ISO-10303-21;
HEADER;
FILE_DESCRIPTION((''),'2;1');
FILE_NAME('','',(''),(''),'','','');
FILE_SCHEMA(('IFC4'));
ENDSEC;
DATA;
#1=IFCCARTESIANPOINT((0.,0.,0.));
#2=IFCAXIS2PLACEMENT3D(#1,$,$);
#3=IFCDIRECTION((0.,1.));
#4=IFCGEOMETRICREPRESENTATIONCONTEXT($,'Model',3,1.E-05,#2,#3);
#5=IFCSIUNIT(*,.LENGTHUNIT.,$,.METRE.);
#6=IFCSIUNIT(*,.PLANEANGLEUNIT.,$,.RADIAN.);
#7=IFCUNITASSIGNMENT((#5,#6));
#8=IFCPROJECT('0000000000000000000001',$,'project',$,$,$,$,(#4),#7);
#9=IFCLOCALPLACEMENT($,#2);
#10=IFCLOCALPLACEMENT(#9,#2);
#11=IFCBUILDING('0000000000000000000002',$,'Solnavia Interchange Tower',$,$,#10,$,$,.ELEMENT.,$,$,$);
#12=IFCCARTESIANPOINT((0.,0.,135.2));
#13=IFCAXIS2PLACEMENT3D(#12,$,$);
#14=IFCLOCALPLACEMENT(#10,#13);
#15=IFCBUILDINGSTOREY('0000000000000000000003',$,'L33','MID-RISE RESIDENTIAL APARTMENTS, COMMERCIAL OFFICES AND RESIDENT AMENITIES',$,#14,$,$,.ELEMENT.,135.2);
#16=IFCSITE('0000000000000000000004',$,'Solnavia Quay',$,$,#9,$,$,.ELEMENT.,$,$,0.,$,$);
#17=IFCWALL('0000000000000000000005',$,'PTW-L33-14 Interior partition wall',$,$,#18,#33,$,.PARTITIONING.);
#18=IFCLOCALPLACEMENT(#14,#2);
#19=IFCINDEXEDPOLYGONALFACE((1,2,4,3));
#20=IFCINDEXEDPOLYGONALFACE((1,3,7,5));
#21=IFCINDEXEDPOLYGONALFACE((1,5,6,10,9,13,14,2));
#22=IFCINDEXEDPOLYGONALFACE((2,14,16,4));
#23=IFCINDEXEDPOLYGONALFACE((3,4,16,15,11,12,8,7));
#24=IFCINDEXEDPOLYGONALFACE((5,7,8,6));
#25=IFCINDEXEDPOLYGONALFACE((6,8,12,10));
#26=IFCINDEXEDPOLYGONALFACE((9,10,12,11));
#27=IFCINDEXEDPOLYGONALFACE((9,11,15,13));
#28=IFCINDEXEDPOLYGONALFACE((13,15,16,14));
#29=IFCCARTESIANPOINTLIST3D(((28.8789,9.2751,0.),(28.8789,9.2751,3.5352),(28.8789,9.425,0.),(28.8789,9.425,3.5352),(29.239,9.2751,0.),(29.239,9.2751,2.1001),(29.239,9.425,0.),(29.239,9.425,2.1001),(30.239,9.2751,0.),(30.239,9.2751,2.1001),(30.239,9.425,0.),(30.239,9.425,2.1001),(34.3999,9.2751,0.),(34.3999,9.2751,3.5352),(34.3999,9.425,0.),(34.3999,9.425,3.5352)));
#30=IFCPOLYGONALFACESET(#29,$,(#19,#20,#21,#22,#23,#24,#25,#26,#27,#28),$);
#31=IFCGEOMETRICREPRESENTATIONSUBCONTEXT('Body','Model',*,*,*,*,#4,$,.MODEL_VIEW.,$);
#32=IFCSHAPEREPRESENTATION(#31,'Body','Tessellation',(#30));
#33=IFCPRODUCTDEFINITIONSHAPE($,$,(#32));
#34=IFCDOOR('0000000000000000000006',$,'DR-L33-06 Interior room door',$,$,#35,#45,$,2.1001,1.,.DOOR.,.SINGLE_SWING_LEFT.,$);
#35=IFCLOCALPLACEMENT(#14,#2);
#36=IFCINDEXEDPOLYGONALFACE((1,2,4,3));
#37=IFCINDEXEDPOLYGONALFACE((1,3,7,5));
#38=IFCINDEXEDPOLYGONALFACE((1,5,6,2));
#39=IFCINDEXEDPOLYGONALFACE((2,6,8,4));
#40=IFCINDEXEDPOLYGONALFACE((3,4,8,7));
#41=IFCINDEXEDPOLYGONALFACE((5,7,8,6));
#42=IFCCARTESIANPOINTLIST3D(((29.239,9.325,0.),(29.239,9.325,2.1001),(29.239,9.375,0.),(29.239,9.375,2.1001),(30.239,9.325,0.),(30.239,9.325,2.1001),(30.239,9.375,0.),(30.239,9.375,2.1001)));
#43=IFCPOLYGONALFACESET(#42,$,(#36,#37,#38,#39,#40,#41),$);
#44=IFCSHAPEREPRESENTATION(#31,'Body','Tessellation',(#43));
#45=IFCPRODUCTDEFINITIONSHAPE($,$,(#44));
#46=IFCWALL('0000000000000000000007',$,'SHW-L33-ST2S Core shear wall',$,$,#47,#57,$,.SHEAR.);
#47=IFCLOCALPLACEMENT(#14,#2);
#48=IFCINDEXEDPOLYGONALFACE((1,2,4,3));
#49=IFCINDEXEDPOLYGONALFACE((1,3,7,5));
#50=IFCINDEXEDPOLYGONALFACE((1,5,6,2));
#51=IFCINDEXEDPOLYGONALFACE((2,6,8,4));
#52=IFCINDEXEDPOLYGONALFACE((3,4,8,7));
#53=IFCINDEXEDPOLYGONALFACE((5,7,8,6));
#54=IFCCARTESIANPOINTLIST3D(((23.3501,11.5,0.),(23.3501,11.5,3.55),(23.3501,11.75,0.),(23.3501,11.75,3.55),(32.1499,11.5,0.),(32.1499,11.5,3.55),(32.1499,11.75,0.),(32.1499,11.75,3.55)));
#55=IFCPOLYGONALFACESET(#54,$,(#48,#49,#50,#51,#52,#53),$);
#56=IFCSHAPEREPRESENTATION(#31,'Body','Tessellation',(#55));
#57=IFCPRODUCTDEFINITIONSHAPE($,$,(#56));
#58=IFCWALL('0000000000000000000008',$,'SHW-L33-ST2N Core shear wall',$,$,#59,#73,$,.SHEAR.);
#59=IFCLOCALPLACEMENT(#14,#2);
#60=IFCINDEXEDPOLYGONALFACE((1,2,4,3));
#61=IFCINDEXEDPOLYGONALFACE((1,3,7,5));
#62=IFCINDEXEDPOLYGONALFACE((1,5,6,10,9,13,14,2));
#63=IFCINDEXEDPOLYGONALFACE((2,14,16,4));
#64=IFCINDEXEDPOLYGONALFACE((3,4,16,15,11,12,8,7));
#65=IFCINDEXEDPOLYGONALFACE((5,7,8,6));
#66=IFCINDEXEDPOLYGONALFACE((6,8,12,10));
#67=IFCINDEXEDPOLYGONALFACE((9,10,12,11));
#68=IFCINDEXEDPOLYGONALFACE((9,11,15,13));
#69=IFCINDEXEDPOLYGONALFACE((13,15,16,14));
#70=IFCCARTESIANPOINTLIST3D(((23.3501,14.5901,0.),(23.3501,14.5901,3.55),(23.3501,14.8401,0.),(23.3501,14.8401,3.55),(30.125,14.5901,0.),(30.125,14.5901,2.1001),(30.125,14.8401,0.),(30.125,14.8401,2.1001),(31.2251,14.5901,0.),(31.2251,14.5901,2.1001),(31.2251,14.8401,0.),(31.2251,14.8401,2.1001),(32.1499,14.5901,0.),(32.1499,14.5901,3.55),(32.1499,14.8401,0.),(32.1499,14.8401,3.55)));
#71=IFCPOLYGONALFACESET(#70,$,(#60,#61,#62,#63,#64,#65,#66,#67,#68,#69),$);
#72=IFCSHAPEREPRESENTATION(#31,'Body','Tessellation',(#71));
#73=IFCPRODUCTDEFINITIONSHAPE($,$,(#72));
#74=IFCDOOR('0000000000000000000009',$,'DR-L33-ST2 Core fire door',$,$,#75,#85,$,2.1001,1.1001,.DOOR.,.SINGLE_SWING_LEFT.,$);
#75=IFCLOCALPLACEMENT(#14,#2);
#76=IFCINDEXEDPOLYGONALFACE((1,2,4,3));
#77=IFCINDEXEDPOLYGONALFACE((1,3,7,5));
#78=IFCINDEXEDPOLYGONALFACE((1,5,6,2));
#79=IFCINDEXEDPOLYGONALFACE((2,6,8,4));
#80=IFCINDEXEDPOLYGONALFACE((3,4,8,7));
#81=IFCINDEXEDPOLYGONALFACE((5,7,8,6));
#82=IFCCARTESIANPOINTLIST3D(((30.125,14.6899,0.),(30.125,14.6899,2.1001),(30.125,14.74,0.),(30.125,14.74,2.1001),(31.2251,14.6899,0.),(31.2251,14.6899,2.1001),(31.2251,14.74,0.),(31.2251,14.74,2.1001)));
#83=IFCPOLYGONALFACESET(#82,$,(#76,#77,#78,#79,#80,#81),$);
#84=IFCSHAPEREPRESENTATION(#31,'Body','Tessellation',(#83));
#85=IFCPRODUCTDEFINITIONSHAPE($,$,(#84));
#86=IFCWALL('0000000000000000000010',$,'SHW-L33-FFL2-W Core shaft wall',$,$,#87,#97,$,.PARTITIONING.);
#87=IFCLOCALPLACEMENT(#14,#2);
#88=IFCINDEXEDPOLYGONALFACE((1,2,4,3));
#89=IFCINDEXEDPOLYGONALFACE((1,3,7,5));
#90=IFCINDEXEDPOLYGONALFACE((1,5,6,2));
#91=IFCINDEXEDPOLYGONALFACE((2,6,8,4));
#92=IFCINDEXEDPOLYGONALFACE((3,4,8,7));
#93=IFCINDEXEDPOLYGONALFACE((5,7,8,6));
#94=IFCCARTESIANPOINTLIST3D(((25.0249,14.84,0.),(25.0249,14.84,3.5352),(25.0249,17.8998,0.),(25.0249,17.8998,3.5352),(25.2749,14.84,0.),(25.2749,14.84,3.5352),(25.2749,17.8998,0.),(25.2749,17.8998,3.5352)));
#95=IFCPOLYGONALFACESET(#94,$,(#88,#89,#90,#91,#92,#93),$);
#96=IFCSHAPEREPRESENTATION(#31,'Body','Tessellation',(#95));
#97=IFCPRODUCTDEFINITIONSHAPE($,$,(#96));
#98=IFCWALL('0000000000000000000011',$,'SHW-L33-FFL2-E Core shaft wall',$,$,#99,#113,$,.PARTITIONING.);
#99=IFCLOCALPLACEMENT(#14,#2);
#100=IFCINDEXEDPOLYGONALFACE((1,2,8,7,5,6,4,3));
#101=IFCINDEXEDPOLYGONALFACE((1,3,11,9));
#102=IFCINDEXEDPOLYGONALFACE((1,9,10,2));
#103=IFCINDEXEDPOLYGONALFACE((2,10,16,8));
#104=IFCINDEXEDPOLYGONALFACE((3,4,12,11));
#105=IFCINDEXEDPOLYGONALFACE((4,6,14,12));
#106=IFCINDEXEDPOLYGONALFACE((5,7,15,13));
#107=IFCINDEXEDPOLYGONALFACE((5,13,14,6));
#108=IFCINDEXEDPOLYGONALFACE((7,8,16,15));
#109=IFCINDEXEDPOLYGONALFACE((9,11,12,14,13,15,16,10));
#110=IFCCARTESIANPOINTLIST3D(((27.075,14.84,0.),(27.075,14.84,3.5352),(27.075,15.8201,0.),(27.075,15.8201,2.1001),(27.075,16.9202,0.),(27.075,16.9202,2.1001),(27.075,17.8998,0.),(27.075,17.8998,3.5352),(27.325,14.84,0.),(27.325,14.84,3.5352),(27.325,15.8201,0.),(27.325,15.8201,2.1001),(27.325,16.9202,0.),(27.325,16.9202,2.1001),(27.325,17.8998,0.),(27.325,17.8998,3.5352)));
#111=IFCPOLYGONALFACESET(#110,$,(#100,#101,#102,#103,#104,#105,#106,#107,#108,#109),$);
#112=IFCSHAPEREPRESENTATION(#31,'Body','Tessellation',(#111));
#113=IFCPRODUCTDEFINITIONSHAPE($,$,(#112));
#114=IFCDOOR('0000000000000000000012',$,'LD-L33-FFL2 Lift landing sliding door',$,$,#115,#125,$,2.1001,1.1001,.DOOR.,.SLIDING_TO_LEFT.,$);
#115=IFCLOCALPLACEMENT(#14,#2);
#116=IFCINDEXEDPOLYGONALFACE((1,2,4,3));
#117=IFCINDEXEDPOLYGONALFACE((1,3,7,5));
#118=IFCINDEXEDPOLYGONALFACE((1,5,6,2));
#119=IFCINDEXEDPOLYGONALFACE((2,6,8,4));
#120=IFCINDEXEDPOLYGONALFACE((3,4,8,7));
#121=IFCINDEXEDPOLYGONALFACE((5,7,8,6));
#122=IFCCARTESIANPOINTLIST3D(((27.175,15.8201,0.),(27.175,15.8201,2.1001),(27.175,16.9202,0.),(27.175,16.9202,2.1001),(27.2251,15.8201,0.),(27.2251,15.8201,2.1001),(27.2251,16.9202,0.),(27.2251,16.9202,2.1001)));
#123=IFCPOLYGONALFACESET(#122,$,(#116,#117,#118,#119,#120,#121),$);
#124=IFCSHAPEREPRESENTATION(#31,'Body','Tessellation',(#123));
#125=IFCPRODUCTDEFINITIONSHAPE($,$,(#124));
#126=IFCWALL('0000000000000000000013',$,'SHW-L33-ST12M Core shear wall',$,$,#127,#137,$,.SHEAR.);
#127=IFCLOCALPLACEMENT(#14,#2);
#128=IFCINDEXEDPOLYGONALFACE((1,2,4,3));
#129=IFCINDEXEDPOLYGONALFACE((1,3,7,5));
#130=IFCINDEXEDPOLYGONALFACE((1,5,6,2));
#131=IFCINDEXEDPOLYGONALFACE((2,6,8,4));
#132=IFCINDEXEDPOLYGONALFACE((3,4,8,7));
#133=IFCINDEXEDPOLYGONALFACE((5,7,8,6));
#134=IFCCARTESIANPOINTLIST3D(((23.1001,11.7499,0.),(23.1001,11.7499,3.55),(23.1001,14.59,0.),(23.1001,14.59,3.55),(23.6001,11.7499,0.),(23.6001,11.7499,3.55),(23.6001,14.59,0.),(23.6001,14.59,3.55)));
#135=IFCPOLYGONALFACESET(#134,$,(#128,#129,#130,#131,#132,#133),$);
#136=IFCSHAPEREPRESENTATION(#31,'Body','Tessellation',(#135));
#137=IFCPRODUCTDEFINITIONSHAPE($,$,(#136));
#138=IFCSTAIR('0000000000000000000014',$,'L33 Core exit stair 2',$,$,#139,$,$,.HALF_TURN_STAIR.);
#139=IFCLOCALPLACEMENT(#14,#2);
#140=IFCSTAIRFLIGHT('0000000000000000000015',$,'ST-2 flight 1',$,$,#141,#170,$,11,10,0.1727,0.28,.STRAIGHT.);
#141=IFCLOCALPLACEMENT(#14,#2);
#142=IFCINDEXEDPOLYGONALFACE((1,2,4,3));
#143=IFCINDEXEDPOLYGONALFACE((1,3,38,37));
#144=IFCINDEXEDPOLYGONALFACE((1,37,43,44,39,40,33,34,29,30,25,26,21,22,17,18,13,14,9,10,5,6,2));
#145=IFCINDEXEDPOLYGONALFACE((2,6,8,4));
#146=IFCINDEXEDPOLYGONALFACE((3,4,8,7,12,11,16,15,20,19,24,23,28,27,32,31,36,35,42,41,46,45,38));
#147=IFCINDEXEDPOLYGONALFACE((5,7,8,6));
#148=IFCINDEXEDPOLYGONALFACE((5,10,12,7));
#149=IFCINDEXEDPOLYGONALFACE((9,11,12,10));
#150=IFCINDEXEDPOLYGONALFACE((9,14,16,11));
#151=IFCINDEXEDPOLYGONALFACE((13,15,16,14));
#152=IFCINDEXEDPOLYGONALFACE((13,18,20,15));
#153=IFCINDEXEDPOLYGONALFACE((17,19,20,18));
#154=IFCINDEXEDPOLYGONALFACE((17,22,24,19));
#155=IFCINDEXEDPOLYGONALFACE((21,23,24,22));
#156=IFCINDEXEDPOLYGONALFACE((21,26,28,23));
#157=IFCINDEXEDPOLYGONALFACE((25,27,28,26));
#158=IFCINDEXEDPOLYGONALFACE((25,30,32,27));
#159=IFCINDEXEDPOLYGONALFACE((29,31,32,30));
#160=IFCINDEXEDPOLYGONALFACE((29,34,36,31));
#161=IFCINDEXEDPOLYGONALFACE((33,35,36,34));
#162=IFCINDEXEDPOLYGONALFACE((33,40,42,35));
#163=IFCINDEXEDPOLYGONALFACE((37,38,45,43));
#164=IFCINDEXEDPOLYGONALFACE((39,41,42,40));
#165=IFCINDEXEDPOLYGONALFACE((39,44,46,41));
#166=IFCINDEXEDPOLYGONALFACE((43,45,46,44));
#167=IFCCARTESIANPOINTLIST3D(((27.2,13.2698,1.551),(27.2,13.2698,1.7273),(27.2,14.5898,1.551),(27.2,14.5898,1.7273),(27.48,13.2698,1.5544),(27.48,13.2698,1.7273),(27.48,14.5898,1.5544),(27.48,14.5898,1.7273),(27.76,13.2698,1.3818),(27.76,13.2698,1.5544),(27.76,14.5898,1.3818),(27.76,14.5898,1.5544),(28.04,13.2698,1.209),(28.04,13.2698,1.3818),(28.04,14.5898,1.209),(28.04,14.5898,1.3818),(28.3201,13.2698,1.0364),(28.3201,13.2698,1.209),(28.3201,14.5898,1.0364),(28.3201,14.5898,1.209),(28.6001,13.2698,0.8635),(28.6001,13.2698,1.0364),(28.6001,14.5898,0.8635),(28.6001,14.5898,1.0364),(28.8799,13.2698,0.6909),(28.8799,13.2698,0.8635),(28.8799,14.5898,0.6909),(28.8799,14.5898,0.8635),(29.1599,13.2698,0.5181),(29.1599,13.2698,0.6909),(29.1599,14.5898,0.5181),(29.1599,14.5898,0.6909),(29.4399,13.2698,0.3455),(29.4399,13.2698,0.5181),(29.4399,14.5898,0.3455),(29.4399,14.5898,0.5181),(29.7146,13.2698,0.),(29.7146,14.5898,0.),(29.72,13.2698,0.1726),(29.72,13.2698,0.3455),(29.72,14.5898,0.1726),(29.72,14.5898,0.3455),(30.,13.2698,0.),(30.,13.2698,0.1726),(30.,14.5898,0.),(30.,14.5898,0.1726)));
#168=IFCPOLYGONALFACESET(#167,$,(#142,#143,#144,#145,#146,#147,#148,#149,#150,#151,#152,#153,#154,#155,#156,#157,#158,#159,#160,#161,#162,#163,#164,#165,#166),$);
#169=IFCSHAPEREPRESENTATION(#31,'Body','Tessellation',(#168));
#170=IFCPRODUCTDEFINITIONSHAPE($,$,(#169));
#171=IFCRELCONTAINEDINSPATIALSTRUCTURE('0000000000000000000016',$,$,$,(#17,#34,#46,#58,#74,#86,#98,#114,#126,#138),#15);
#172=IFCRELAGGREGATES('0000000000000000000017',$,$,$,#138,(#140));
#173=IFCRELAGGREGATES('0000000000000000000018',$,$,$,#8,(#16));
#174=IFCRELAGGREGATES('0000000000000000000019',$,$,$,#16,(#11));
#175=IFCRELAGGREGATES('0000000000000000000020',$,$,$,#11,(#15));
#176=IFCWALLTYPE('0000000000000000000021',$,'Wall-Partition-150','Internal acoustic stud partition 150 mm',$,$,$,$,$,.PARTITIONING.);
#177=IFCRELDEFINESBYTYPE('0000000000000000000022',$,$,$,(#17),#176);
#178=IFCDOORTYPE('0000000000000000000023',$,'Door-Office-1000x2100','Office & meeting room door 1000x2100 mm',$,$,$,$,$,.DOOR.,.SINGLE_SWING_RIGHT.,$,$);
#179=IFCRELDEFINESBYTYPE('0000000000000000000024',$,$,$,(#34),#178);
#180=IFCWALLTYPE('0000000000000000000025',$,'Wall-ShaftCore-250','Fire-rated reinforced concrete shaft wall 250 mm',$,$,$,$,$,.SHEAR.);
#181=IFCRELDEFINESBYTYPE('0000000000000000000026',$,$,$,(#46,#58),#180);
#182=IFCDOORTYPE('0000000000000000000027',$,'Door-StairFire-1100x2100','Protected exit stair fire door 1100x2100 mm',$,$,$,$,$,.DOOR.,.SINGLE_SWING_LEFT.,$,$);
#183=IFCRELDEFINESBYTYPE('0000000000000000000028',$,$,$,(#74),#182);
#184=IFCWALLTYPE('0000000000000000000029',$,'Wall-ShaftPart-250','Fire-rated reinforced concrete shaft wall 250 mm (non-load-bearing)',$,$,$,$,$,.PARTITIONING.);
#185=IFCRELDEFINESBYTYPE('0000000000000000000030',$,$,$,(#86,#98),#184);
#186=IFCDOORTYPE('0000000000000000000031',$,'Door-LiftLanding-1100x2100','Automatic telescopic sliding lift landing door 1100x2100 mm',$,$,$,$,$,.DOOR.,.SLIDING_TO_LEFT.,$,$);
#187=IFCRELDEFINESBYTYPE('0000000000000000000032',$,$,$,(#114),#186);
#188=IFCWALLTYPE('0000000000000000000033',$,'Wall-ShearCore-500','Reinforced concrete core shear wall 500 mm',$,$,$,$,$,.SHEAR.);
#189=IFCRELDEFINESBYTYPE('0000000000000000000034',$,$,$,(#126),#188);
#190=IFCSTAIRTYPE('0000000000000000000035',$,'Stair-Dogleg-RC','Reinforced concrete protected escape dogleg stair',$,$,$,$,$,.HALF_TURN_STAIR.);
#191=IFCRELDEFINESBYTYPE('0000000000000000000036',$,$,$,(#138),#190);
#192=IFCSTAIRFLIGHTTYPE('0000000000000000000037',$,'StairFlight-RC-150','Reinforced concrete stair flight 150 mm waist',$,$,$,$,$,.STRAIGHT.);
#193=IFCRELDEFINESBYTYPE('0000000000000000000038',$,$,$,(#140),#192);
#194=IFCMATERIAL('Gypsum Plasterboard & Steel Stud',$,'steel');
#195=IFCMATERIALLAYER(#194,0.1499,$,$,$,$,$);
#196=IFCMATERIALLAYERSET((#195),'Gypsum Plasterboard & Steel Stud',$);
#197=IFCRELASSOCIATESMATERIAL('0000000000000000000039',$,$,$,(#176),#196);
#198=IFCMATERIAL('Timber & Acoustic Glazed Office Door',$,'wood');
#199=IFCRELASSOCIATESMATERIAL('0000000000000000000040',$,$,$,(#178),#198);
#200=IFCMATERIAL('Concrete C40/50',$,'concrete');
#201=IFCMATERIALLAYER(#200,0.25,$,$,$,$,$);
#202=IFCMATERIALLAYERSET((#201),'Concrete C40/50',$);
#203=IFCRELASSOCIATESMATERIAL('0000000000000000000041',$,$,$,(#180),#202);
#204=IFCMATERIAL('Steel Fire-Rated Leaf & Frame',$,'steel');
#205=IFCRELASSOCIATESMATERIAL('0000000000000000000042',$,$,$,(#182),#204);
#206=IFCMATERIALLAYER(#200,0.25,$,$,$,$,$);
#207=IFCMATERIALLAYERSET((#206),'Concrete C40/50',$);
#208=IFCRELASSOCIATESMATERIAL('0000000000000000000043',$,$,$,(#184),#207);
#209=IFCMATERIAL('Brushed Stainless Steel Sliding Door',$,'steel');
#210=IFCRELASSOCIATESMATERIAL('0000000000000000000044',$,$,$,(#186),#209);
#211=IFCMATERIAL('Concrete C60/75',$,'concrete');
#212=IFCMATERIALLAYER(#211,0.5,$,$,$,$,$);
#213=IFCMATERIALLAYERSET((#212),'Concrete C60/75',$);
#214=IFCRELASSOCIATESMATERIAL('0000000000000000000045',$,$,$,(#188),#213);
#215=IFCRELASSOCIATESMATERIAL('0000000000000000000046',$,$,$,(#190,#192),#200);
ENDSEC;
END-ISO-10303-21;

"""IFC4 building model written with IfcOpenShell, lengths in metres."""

from ifc_helpers import new_model, si_unit, direction, frame, frame_2d, origin, place, context, subcontext, project, spatial, polyline, rectangle, outline, extrude, material, layer, layer_set, type_object, element, fill, aggregate, save


model = new_model("IFC4")

# Units and contexts
model_context = context("Model", 3, precision=1e-05, world=origin(), true_north=direction((0.0, 1.0)))
body_context = subcontext(model_context, "Body", "Model", "MODEL_VIEW")
ifc_project = project(units=[si_unit("LENGTHUNIT", "METRE"), si_unit("PLANEANGLEUNIT", "RADIAN")], contexts=[model_context])

# Site, building, storey
site_placement = place(None, origin())
site = spatial("IfcSite", under=ifc_project, at=site_placement, Name="Solnavia Quay", CompositionType="ELEMENT", RefElevation=0.0)
building_placement = place(site_placement, origin())
building = spatial("IfcBuilding", under=site, at=building_placement, Name="Solnavia Interchange Tower", CompositionType="ELEMENT")
storey_placement = place(building_placement, frame((0.0, 0.0, 135.2)))
storey = spatial("IfcBuildingStorey", under=building, at=storey_placement, Name="L33", Description="MID-RISE RESIDENTIAL APARTMENTS, COMMERCIAL OFFICES AND RESIDENT AMENITIES", CompositionType="ELEMENT", Elevation=135.2)

# Shared definitions
ifc_material_1 = material(Name="Concrete C40/50", Category="concrete")

# Shared definitions
ifc_material_2 = material(Name="Gypsum Plasterboard & Steel Stud", Category="steel")
ifc_layer_1 = layer(ifc_material_2, 0.1499)
ifc_layer_set_1 = layer_set([ifc_layer_1], Name="Gypsum Plasterboard & Steel Stud")
wall_type_1 = type_object("IfcWallType", Name="Wall-Partition-150", Description="Internal acoustic stud partition 150 mm", PredefinedType="PARTITIONING", material=ifc_layer_set_1)

# Wall, opening, door
wall_1_placement = place(storey_placement, frame((28.8789, 9.3501, 0.0), z_axis=(0.0, 0.0, 1.0), x_axis=(1.0, 0.0, 0.0)))
wall_1 = element("IfcWall", 1, at=wall_1_placement, inside=storey, type_object=wall_type_1, Name="PTW-L33-14 Interior partition wall", PredefinedType="PARTITIONING", context=body_context, shape_type="SweptSolid", body=[
    extrude(rectangle(XDim=5.521, YDim=0.1499, at=frame_2d((2.7605, 0.0))), origin(), (0.0, 0.0, 1.0), 3.5352),
])
opening_1_placement = place(wall_1_placement, frame((0.3601, 0.0, 0.0)))
opening_1 = element("IfcOpeningElement", 2, at=opening_1_placement, cuts=wall_1, PredefinedType="OPENING", context=body_context, shape_type="SweptSolid", body=[
    extrude(rectangle(XDim=1.0, YDim=2.1001, at=frame_2d((0.5, 1.05))), frame((0.0, 0.085, 0.0), z_axis=(0.0, -1.0, 0.0), x_axis=(1.0, 0.0, 0.0)), (0.0, 0.0, 1.0), 0.1699),
])
ifc_material_3 = material(Name="Timber & Acoustic Glazed Office Door", Category="wood")
door_type_1 = type_object("IfcDoorType", Name="Door-Office-1000x2100", Description="Office & meeting room door 1000x2100 mm", OperationType="SINGLE_SWING_RIGHT", PredefinedType="DOOR", material=ifc_material_3)
door_1_placement = place(opening_1_placement, origin())
door_1 = element("IfcDoor", 3, at=door_1_placement, inside=storey, type_object=door_type_1, Name="DR-L33-06 Interior room door", OperationType="SINGLE_SWING_LEFT", OverallHeight=2.1001, OverallWidth=1.0, PredefinedType="DOOR", context=body_context, shape_type="SweptSolid", body=[
    extrude(rectangle(XDim=1.0, YDim=2.1001, at=frame_2d((0.5, 1.05))), frame((0.0, 0.0249, 0.0), z_axis=(0.0, -1.0, 0.0), x_axis=(1.0, 0.0, 0.0)), (0.0, 0.0, 1.0), 0.05),
])
fill(opening_1, door_1)

# Wall
ifc_layer_2 = layer(ifc_material_1, 0.25)
ifc_layer_set_2 = layer_set([ifc_layer_2], Name="Concrete C40/50")
wall_type_2 = type_object("IfcWallType", Name="Wall-ShaftCore-250", Description="Fire-rated reinforced concrete shaft wall 250 mm", PredefinedType="SHEAR", material=ifc_layer_set_2)
wall_2_placement = place(storey_placement, frame((23.3501, 11.625, 0.0), z_axis=(0.0, 0.0, 1.0), x_axis=(1.0, 0.0, 0.0)))
element("IfcWall", 4, at=wall_2_placement, inside=storey, type_object=wall_type_2, Name="SHW-L33-ST2S Core shear wall", PredefinedType="SHEAR", context=body_context, shape_type="SweptSolid", body=[
    extrude(rectangle(XDim=8.7998, YDim=0.25, at=frame_2d((4.3999, 0.0))), origin(), (0.0, 0.0, 1.0), 3.55),
])

# Wall, opening, door
wall_3_placement = place(storey_placement, frame((23.3501, 14.7151, 0.0), z_axis=(0.0, 0.0, 1.0), x_axis=(1.0, 0.0, 0.0)))
wall_3 = element("IfcWall", 5, at=wall_3_placement, inside=storey, type_object=wall_type_2, Name="SHW-L33-ST2N Core shear wall", PredefinedType="SHEAR", context=body_context, shape_type="SweptSolid", body=[
    extrude(rectangle(XDim=8.7998, YDim=0.25, at=frame_2d((4.3999, 0.0))), origin(), (0.0, 0.0, 1.0), 3.55),
])
opening_2_placement = place(wall_3_placement, frame((6.7749, 0.0, 0.0)))
opening_2 = element("IfcOpeningElement", 6, at=opening_2_placement, cuts=wall_3, PredefinedType="OPENING", context=body_context, shape_type="SweptSolid", body=[
    extrude(rectangle(XDim=1.1001, YDim=2.1001, at=frame_2d((0.55, 1.05))), frame((0.0, 0.135, 0.0), z_axis=(0.0, -1.0, 0.0), x_axis=(1.0, 0.0, 0.0)), (0.0, 0.0, 1.0), 0.27),
])
ifc_material_4 = material(Name="Steel Fire-Rated Leaf & Frame", Category="steel")
door_type_2 = type_object("IfcDoorType", Name="Door-StairFire-1100x2100", Description="Protected exit stair fire door 1100x2100 mm", OperationType="SINGLE_SWING_LEFT", PredefinedType="DOOR", material=ifc_material_4)
door_2_placement = place(opening_2_placement, origin())
door_2 = element("IfcDoor", 7, at=door_2_placement, inside=storey, type_object=door_type_2, Name="DR-L33-ST2 Core fire door", OperationType="SINGLE_SWING_LEFT", OverallHeight=2.1001, OverallWidth=1.1001, PredefinedType="DOOR", context=body_context, shape_type="SweptSolid", body=[
    extrude(rectangle(XDim=1.1001, YDim=2.1001, at=frame_2d((0.55, 1.05))), frame((0.0, 0.0249, 0.0), z_axis=(0.0, -1.0, 0.0), x_axis=(1.0, 0.0, 0.0)), (0.0, 0.0, 1.0), 0.05),
])
fill(opening_2, door_2)

# Wall
ifc_layer_3 = layer(ifc_material_1, 0.25)
ifc_layer_set_3 = layer_set([ifc_layer_3], Name="Concrete C40/50")
wall_type_3 = type_object("IfcWallType", Name="Wall-ShaftPart-250", Description="Fire-rated reinforced concrete shaft wall 250 mm (non-load-bearing)", PredefinedType="PARTITIONING", material=ifc_layer_set_3)
wall_4_placement = place(storey_placement, frame((25.1499, 14.8401, 0.0), z_axis=(0.0, 0.0, 1.0), x_axis=(0.0, 1.0, 0.0)))
element("IfcWall", 8, at=wall_4_placement, inside=storey, type_object=wall_type_3, Name="SHW-L33-FFL2-W Core shaft wall", PredefinedType="PARTITIONING", context=body_context, shape_type="SweptSolid", body=[
    extrude(rectangle(XDim=3.0598, YDim=0.25, at=frame_2d((1.5298, 0.0))), origin(), (0.0, 0.0, 1.0), 3.5352),
])

# Wall, opening, door
wall_5_placement = place(storey_placement, frame((27.2, 14.8401, 0.0), z_axis=(0.0, 0.0, 1.0), x_axis=(0.0, 1.0, 0.0)))
wall_5 = element("IfcWall", 9, at=wall_5_placement, inside=storey, type_object=wall_type_3, Name="SHW-L33-FFL2-E Core shaft wall", PredefinedType="PARTITIONING", context=body_context, shape_type="SweptSolid", body=[
    extrude(rectangle(XDim=3.0598, YDim=0.25, at=frame_2d((1.5298, 0.0))), origin(), (0.0, 0.0, 1.0), 3.5352),
])
opening_3_placement = place(wall_5_placement, frame((0.98, 0.0, 0.0)))
opening_3 = element("IfcOpeningElement", 10, at=opening_3_placement, cuts=wall_5, PredefinedType="OPENING", context=body_context, shape_type="SweptSolid", body=[
    extrude(rectangle(XDim=1.1001, YDim=2.1001, at=frame_2d((0.55, 1.05))), frame((0.0, 0.135, 0.0), z_axis=(0.0, -1.0, 0.0), x_axis=(1.0, 0.0, 0.0)), (0.0, 0.0, 1.0), 0.27),
])
ifc_material_5 = material(Name="Brushed Stainless Steel Sliding Door", Category="steel")
door_type_3 = type_object("IfcDoorType", Name="Door-LiftLanding-1100x2100", Description="Automatic telescopic sliding lift landing door 1100x2100 mm", OperationType="SLIDING_TO_LEFT", PredefinedType="DOOR", material=ifc_material_5)
door_3_placement = place(opening_3_placement, origin())
door_3 = element("IfcDoor", 11, at=door_3_placement, inside=storey, type_object=door_type_3, Name="LD-L33-FFL2 Lift landing sliding door", OperationType="SLIDING_TO_LEFT", OverallHeight=2.1001, OverallWidth=1.1001, PredefinedType="DOOR", context=body_context, shape_type="SweptSolid", body=[
    extrude(rectangle(XDim=1.1001, YDim=2.1001, at=frame_2d((0.55, 1.05))), frame((0.0, 0.0249, 0.0), z_axis=(0.0, -1.0, 0.0), x_axis=(1.0, 0.0, 0.0)), (0.0, 0.0, 1.0), 0.05),
])
fill(opening_3, door_3)

# Wall
ifc_material_6 = material(Name="Concrete C60/75", Category="concrete")
ifc_layer_4 = layer(ifc_material_6, 0.5)
ifc_layer_set_4 = layer_set([ifc_layer_4], Name="Concrete C60/75")
wall_type_4 = type_object("IfcWallType", Name="Wall-ShearCore-500", Description="Reinforced concrete core shear wall 500 mm", PredefinedType="SHEAR", material=ifc_layer_set_4)
wall_6_placement = place(storey_placement, frame((23.3501, 11.75, 0.0), z_axis=(0.0, 0.0, 1.0), x_axis=(0.0, 1.0, 0.0)))
element("IfcWall", 12, at=wall_6_placement, inside=storey, type_object=wall_type_4, Name="SHW-L33-ST12M Core shear wall", PredefinedType="SHEAR", context=body_context, shape_type="SweptSolid", body=[
    extrude(rectangle(XDim=2.8401, YDim=0.5, at=frame_2d((1.4199, 0.0))), origin(), (0.0, 0.0, 1.0), 3.55),
])

# Stair, stair flight
stair_type = type_object("IfcStairType", Name="Stair-Dogleg-RC", Description="Reinforced concrete protected escape dogleg stair", PredefinedType="HALF_TURN_STAIR", material=ifc_material_1)
stair_placement = place(storey_placement, origin())
stair = element("IfcStair", 13, at=stair_placement, inside=storey, type_object=stair_type, Name="L33 Core exit stair 2", PredefinedType="HALF_TURN_STAIR")
stair_flight_type = type_object("IfcStairFlightType", Name="StairFlight-RC-150", Description="Reinforced concrete stair flight 150 mm waist", PredefinedType="STRAIGHT", material=ifc_material_1)
stair_flight_1_placement = place(storey_placement, frame((30.0, 13.9299, 0.0), z_axis=(0.0, 0.0, 1.0), x_axis=(-1.0, 0.0, 0.0)))
stair_flight_1 = element("IfcStairFlight", 14, at=stair_flight_1_placement, type_object=stair_flight_type, Name="ST-2 flight 1", NumberOfRisers=11, NumberOfTreads=10, PredefinedType="STRAIGHT", RiserHeight=0.1727, TreadLength=0.28, context=body_context, shape_type="SweptSolid", body=[
    extrude(outline(polyline([(0.0, 0.0), (0.0, 0.1726), (0.28, 0.1726), (0.28, 0.3455), (0.5601, 0.3455), (0.5601, 0.5181), (0.8401, 0.5181), (0.8401, 0.6909), (1.1201, 0.6909), (1.1201, 0.8635), (1.3999, 0.8635), (1.3999, 1.0364), (1.6799, 1.0364), (1.6799, 1.209), (1.96, 1.209), (1.96, 1.3818), (2.24, 1.3818), (2.24, 1.5544), (2.52, 1.5544), (2.52, 1.7273), (2.8, 1.7273), (2.8, 1.8999), (2.8, 1.551), (0.2854, 0.0), (0.0, 0.0)])), frame((0.0, 0.6602, 0.0), z_axis=(0.0, -1.0, 0.0), x_axis=(1.0, 0.0, 0.0)), (0.0, 0.0, 1.0), 1.3201),
])
aggregate(stair, [stair_flight_1])

save(model, "model.ifc")
